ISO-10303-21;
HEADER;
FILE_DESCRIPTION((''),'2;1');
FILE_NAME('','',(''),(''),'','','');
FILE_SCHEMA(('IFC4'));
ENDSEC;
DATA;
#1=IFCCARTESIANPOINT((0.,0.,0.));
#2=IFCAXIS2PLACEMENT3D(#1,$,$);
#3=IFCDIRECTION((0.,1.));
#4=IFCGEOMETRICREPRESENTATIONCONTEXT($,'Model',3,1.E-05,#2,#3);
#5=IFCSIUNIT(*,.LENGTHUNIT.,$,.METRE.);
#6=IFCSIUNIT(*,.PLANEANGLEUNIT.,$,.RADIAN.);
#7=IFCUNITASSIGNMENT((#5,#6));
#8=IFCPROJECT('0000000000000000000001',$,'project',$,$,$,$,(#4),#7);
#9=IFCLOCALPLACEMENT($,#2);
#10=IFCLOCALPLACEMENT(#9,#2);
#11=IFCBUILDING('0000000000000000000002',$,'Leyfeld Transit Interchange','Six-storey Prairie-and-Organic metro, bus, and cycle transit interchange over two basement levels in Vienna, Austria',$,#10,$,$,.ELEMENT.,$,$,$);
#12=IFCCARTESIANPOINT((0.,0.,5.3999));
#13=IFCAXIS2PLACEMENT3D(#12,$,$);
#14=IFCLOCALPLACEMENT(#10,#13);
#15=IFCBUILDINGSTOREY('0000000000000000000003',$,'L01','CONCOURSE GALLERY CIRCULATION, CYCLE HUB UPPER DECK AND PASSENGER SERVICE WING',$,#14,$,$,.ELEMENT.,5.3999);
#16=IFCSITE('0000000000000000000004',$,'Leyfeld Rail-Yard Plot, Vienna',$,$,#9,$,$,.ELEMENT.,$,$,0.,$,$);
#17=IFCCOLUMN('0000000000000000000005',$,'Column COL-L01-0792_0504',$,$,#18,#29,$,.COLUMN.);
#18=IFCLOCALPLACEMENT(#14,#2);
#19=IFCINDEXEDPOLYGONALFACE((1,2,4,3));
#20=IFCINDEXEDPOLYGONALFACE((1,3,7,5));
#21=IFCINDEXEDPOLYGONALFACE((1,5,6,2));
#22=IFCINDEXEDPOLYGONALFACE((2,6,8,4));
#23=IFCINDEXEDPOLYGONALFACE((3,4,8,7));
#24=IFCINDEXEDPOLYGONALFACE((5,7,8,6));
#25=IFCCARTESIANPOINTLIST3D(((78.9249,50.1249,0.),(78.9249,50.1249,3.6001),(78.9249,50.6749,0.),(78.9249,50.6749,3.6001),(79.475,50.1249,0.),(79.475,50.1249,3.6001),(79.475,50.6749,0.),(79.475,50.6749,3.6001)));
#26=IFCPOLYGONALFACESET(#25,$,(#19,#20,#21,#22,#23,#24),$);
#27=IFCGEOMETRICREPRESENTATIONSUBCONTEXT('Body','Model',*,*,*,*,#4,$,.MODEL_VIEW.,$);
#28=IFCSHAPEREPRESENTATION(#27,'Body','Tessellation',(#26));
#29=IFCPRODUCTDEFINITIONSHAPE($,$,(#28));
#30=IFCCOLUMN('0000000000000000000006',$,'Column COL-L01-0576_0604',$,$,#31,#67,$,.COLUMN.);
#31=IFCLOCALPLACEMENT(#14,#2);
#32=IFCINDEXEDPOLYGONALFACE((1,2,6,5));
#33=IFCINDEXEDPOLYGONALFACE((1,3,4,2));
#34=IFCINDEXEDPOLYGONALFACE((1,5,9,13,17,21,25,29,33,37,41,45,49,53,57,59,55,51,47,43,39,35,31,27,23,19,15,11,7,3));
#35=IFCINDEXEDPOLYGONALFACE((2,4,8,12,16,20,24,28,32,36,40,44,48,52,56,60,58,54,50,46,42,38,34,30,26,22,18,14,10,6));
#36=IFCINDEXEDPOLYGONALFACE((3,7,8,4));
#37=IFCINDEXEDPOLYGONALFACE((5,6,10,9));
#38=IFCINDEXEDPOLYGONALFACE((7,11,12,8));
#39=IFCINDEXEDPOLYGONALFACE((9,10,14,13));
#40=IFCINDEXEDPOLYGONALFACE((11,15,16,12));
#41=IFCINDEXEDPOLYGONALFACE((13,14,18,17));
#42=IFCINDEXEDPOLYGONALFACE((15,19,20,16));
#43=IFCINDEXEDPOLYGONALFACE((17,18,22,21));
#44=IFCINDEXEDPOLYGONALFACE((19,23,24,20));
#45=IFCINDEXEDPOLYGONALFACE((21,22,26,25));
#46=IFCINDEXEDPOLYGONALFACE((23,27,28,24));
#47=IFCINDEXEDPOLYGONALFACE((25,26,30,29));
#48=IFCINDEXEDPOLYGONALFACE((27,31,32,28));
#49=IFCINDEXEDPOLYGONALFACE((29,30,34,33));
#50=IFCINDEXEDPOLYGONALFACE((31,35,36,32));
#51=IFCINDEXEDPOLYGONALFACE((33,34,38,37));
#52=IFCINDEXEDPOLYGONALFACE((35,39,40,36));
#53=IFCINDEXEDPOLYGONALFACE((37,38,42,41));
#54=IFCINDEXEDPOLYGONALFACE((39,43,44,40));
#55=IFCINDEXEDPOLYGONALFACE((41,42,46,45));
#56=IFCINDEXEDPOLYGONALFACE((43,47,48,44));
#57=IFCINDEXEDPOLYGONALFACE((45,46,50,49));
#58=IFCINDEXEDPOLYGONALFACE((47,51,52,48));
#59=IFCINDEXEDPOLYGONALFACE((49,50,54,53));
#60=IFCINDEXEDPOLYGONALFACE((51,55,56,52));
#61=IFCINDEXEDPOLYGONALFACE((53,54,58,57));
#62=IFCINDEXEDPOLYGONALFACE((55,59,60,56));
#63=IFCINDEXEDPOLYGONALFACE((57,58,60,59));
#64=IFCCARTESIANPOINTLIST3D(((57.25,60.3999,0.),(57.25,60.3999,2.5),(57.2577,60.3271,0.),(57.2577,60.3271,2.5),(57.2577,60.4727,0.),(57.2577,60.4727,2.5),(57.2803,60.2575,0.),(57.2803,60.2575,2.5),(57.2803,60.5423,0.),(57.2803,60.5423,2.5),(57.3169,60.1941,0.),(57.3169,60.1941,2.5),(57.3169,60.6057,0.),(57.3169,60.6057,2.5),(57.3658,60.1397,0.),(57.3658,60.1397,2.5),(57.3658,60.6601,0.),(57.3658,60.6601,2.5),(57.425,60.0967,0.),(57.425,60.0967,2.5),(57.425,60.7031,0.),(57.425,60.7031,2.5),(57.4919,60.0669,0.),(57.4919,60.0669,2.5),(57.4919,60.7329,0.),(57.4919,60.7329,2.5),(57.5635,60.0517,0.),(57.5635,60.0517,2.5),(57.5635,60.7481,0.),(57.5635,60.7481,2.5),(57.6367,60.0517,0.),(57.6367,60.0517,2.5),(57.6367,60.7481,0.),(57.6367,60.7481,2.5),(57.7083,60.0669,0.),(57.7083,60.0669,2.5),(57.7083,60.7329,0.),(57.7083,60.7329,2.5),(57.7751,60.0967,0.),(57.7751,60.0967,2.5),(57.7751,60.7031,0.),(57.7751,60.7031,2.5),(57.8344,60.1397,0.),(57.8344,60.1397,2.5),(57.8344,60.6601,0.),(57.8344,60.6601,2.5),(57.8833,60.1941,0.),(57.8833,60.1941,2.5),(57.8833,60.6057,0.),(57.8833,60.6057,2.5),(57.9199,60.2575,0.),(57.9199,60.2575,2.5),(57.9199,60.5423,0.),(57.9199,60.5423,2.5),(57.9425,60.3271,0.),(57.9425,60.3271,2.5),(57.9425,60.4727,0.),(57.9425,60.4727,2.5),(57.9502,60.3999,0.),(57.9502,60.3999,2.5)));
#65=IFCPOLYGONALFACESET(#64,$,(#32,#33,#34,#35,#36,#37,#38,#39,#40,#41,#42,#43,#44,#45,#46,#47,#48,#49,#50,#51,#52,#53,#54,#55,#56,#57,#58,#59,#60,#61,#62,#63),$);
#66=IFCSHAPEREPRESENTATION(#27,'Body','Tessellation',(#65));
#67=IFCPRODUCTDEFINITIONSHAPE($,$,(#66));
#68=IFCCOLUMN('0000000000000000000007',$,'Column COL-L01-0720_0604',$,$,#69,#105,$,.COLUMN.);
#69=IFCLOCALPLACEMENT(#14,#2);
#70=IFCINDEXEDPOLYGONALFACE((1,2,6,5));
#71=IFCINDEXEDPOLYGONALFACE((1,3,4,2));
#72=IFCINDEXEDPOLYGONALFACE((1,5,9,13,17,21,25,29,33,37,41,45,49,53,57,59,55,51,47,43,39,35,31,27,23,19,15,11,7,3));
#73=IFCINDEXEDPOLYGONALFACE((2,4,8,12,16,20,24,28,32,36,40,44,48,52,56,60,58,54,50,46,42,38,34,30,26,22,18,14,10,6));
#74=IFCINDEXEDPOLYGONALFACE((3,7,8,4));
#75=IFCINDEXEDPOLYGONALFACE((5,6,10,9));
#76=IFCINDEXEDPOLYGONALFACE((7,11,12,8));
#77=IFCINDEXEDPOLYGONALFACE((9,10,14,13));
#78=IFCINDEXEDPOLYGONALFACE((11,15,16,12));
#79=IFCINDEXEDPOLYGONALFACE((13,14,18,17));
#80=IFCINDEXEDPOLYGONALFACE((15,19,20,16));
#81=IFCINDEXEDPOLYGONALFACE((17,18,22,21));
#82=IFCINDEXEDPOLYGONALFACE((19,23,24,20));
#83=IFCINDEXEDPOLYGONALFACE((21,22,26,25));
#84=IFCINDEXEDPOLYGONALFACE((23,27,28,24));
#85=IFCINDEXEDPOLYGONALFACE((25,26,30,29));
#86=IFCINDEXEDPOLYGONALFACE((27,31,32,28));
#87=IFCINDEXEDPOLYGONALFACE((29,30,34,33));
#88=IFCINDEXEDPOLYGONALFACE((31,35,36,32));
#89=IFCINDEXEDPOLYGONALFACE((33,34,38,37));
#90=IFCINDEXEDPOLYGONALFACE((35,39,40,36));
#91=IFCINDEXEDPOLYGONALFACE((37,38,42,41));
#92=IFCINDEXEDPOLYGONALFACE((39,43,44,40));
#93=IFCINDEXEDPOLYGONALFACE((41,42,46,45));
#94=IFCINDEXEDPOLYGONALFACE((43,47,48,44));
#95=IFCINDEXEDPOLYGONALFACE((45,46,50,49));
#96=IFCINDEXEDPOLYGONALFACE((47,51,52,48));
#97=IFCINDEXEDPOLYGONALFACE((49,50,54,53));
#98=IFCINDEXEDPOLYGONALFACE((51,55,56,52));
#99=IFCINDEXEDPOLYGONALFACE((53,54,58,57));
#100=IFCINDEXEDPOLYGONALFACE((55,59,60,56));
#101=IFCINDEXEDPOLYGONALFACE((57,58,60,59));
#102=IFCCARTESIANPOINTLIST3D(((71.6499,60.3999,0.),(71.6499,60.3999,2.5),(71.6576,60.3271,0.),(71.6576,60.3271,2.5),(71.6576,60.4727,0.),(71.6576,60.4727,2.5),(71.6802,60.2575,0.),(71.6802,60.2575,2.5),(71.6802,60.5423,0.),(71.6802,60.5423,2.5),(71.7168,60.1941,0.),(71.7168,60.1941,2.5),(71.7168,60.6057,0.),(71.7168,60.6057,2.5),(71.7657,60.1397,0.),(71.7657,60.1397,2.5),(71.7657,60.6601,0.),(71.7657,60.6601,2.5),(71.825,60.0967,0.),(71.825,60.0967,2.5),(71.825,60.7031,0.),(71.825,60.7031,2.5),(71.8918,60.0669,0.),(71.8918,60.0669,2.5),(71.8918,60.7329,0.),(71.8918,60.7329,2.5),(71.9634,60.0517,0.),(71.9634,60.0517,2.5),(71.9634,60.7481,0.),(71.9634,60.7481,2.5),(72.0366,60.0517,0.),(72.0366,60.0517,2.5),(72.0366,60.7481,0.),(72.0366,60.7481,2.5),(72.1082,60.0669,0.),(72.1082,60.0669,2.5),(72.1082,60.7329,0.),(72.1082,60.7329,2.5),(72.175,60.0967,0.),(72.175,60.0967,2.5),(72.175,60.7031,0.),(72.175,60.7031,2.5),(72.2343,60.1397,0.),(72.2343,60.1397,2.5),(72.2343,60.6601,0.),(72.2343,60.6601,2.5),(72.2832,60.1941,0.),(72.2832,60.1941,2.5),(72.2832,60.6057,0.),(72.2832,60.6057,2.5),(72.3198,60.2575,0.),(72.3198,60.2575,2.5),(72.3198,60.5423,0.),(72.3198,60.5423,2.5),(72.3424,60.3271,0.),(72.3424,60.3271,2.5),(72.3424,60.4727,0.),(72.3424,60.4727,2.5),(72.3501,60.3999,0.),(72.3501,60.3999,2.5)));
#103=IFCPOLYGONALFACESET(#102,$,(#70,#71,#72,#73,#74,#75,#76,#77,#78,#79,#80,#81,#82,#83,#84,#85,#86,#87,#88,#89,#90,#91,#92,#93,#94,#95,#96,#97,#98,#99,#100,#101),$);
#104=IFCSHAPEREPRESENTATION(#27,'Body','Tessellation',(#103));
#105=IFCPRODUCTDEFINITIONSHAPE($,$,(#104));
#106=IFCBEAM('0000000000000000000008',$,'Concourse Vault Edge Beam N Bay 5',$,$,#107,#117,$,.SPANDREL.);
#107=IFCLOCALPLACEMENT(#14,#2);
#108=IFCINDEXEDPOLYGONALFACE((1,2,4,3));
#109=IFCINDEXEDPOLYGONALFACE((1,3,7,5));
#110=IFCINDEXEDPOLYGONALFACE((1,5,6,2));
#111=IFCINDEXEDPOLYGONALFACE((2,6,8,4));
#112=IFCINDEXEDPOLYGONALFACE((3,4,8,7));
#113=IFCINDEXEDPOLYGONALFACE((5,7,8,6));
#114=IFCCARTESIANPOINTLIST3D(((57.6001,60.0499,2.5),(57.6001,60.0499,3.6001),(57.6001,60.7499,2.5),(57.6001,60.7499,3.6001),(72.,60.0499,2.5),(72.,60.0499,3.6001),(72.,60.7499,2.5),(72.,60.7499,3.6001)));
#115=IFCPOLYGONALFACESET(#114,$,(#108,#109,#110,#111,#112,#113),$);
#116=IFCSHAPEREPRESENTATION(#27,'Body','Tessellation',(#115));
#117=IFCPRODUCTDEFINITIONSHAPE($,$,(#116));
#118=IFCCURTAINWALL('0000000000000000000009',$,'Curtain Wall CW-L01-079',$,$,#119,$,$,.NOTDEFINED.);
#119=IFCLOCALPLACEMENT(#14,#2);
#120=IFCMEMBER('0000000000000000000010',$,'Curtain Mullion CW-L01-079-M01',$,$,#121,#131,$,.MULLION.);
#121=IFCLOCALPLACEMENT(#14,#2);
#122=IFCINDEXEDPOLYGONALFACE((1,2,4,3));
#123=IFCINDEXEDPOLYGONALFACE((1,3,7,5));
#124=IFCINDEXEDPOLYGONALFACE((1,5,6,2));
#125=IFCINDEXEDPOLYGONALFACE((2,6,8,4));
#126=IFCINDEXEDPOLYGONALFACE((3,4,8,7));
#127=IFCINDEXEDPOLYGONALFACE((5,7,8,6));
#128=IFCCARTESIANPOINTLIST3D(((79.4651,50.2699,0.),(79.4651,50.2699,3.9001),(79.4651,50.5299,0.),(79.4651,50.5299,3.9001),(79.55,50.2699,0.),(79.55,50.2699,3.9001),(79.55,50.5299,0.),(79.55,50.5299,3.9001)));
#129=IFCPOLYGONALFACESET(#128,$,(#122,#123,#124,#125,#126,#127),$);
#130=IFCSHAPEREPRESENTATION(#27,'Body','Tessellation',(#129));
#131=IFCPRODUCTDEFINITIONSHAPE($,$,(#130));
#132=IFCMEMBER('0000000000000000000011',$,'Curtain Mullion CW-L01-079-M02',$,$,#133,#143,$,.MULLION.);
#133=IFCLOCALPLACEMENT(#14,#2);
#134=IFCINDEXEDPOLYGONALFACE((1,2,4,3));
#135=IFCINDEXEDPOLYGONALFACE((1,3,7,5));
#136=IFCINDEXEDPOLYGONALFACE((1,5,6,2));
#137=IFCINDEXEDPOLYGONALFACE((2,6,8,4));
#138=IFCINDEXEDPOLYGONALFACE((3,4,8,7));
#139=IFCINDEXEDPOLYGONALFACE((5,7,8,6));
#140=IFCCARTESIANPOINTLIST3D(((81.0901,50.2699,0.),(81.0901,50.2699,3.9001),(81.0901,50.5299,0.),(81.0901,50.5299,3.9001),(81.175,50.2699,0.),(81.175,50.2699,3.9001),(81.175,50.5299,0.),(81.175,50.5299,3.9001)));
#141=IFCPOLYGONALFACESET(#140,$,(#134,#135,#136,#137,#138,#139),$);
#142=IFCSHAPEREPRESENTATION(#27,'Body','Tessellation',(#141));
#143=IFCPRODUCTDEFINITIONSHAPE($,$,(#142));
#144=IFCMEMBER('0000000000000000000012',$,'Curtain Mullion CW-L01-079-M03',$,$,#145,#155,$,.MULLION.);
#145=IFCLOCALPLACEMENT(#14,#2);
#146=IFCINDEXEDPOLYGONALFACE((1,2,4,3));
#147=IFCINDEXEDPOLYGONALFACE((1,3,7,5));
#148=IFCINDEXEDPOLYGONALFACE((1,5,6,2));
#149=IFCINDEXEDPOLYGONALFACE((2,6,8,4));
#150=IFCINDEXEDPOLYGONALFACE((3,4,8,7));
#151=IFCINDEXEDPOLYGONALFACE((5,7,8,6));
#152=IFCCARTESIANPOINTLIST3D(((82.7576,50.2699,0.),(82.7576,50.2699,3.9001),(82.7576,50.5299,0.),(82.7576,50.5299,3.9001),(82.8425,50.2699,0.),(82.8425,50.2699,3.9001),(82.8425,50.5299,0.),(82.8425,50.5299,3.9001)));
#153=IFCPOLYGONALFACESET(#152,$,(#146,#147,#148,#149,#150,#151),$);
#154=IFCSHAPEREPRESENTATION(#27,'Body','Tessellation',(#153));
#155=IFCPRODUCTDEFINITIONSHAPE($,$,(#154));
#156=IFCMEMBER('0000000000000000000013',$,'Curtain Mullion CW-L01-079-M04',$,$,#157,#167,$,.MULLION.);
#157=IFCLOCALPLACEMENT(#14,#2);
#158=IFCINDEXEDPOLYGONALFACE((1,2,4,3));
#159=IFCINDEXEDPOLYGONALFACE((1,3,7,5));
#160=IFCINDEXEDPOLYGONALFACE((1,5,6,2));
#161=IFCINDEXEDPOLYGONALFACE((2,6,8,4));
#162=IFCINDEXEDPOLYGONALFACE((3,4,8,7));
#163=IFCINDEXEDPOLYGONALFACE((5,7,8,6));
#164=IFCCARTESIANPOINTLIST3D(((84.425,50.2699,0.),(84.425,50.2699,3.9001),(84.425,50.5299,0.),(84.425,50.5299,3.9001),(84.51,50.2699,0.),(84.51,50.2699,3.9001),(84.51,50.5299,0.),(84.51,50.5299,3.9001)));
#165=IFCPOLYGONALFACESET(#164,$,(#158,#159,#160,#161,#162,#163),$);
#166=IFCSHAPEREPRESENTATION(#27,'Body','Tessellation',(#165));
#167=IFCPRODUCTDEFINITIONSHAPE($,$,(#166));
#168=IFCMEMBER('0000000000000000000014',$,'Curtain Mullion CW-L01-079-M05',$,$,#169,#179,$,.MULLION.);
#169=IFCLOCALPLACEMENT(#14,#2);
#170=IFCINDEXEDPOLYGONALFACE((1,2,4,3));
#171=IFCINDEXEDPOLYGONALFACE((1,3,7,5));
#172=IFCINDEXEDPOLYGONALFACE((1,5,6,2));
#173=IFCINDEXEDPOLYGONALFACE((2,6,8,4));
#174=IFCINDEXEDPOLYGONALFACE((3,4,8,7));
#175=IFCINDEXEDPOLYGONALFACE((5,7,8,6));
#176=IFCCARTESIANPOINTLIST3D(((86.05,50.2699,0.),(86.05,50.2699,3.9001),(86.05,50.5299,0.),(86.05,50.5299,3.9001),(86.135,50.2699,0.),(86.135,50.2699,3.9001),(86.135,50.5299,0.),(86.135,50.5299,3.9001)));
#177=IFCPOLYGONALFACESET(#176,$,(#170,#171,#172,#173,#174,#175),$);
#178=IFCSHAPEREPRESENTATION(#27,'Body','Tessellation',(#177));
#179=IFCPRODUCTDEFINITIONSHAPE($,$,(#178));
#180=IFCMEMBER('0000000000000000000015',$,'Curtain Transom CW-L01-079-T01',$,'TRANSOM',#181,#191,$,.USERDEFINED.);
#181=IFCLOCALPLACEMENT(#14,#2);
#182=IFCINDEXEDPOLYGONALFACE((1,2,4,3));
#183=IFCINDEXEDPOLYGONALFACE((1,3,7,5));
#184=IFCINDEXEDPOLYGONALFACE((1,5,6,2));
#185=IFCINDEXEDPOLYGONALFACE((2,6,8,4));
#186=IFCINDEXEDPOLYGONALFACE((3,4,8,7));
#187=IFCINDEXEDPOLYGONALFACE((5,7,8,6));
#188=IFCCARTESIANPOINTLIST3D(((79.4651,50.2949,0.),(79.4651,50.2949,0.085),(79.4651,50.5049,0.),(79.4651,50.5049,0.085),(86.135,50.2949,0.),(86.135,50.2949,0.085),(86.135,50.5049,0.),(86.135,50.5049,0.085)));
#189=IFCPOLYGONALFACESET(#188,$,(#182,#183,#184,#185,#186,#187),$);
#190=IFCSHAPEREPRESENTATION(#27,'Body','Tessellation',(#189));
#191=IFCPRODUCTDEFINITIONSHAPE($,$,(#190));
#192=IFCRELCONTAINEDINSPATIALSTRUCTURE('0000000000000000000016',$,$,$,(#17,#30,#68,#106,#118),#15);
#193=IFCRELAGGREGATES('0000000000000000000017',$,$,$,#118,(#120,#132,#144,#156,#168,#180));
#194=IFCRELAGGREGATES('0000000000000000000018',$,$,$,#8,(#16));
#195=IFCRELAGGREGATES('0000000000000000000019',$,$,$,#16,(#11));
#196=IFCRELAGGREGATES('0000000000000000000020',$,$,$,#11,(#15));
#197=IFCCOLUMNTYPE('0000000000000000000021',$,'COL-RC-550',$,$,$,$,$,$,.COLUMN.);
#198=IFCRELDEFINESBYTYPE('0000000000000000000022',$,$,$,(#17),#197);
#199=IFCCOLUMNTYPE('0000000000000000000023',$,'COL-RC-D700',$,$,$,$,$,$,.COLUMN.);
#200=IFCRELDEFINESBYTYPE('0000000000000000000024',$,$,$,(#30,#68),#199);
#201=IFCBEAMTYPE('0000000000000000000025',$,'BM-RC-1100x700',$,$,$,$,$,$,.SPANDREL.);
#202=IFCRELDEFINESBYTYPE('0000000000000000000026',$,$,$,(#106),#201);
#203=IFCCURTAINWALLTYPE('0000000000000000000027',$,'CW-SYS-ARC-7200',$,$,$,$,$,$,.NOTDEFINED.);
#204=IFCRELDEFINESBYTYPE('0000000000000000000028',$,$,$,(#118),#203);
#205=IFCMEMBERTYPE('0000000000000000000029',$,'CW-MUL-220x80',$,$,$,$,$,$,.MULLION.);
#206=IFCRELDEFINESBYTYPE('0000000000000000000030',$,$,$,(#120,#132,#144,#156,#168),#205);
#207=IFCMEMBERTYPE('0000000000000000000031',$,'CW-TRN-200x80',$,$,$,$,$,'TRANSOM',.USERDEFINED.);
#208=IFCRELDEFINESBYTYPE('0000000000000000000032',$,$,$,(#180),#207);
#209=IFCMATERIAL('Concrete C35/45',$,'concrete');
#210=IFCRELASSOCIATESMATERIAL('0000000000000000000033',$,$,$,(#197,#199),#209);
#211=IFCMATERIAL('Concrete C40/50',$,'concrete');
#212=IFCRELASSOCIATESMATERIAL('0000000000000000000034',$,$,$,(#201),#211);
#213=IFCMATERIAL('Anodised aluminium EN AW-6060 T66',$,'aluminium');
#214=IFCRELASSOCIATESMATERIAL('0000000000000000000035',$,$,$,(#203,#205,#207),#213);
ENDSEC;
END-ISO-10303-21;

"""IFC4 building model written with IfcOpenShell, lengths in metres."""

from ifc_helpers import new_model, si_unit, direction, frame, origin, origin_2d, place, context, subcontext, project, spatial, rectangle, circle, extrude, material, material_profile, profile_set, type_object, element, aggregate, save


model = new_model("IFC4")

# Units and contexts
model_context = context("Model", 3, precision=1e-05, world=origin(), true_north=direction((0.0, 1.0)))
body_context = subcontext(model_context, "Body", "Model", "MODEL_VIEW")
ifc_project = project(units=[si_unit("LENGTHUNIT", "METRE"), si_unit("PLANEANGLEUNIT", "RADIAN")], contexts=[model_context])

# Site, building, storey
site_placement = place(None, origin())
site = spatial("IfcSite", under=ifc_project, at=site_placement, Name="Leyfeld Rail-Yard Plot, Vienna", CompositionType="ELEMENT", RefElevation=0.0)
building_placement = place(site_placement, origin())
building = spatial("IfcBuilding", under=site, at=building_placement, Name="Leyfeld Transit Interchange", Description="Six-storey Prairie-and-Organic metro, bus, and cycle transit interchange over two basement levels in Vienna, Austria", CompositionType="ELEMENT")
storey_placement = place(building_placement, frame((0.0, 0.0, 5.3999)))
storey = spatial("IfcBuildingStorey", under=building, at=storey_placement, Name="L01", Description="CONCOURSE GALLERY CIRCULATION, CYCLE HUB UPPER DECK AND PASSENGER SERVICE WING", CompositionType="ELEMENT", Elevation=5.3999)

# Columns
ifc_material_1 = material(Name="Concrete C35/45", Category="concrete")
ifc_material_profile_1 = material_profile(ifc_material_1, rectangle(XDim=0.55, YDim=0.55, at=origin_2d()), Name="RC 550x550")
ifc_profile_set_1 = profile_set([ifc_material_profile_1], Name="Concrete C35/45")
column_type_1 = type_object("IfcColumnType", Name="COL-RC-550", PredefinedType="COLUMN", material=ifc_profile_set_1)
column_placement = place(storey_placement, frame((79.2, 50.3999, 0.0), z_axis=(0.0, 0.0, 1.0), x_axis=(1.0, 0.0, 0.0)))
element("IfcColumn", 1, at=column_placement, inside=storey, type_object=column_type_1, Name="Column COL-L01-0792_0504", PredefinedType="COLUMN", context=body_context, shape_type="SweptSolid", body=[
    extrude(rectangle(XDim=0.55, YDim=0.55, at=origin_2d()), origin(), (0.0, 0.0, 1.0), 3.6001),
])
ifc_material_profile_2 = material_profile(ifc_material_1, circle(Radius=0.3501, at=origin_2d()), Name="RC D700")
ifc_profile_set_2 = profile_set([ifc_material_profile_2], Name="Concrete C35/45")
column_type_2 = type_object("IfcColumnType", Name="COL-RC-D700", PredefinedType="COLUMN", material=ifc_profile_set_2)
for number, where, z_axis, x_axis, name in (
    (2, (57.6001, 60.3999, 0.0), (0.0, 0.0, 1.0), (1.0, 0.0, 0.0), "Column COL-L01-0576_0604"),
    (3, (72.0, 60.3999, 0.0), (0.0, 0.0, 1.0), (1.0, 0.0, 0.0), "Column COL-L01-0720_0604"),
):
    element("IfcColumn", number, at=place(storey_placement, frame(where, z_axis=z_axis, x_axis=x_axis)), inside=storey, type_object=column_type_2, Name=name, PredefinedType="COLUMN", context=body_context, shape_type="SweptSolid", body=[
        extrude(circle(Radius=0.3501, at=origin_2d()), origin(), (0.0, 0.0, 1.0), 2.5),
    ])

# Beam
ifc_material_2 = material(Name="Concrete C40/50", Category="concrete")
ifc_material_profile_3 = material_profile(ifc_material_2, rectangle(XDim=0.7, YDim=1.1001, at=origin_2d()), Name="RC 1100x700")
ifc_profile_set_3 = profile_set([ifc_material_profile_3], Name="Concrete C40/50")
beam_type = type_object("IfcBeamType", Name="BM-RC-1100x700", PredefinedType="SPANDREL", material=ifc_profile_set_3)
beam_placement = place(storey_placement, frame((57.6001, 60.3999, 3.05), z_axis=(1.0, 0.0, 0.0), x_axis=(0.0, 1.0, 0.0)))
element("IfcBeam", 4, at=beam_placement, inside=storey, type_object=beam_type, Name="Concourse Vault Edge Beam N Bay 5", PredefinedType="SPANDREL", context=body_context, shape_type="SweptSolid", body=[
    extrude(rectangle(XDim=0.7, YDim=1.1001, at=origin_2d()), origin(), (0.0, 0.0, 1.0), 14.3999),
])

# Curtain wall, members
ifc_material_3 = material(Name="Anodised aluminium EN AW-6060 T66", Category="aluminium")
curtain_wall_type = type_object("IfcCurtainWallType", Name="CW-SYS-ARC-7200", PredefinedType="NOTDEFINED", material=ifc_material_3)
curtain_wall_1_placement = place(storey_placement, origin())
curtain_wall_1 = element("IfcCurtainWall", 5, at=curtain_wall_1_placement, inside=storey, type_object=curtain_wall_type, Name="Curtain Wall CW-L01-079", PredefinedType="NOTDEFINED")
ifc_material_profile_4 = material_profile(ifc_material_3, rectangle(XDim=0.085, YDim=0.26, at=origin_2d()), Name="CW-M 85x260")
ifc_profile_set_4 = profile_set([ifc_material_profile_4], Name="Anodised aluminium EN AW-6060 T66")
member_type_1 = type_object("IfcMemberType", Name="CW-MUL-220x80", PredefinedType="MULLION", material=ifc_profile_set_4)
member_1_placement = place(storey_placement, frame((79.5076, 50.3999, 0.0), z_axis=(0.0, 0.0, 1.0), x_axis=(1.0, 0.0, 0.0)))
member_1 = element("IfcMember", 6, at=member_1_placement, type_object=member_type_1, Name="Curtain Mullion CW-L01-079-M01", PredefinedType="MULLION", context=body_context, shape_type="SweptSolid", body=[
    extrude(rectangle(XDim=0.085, YDim=0.26, at=origin_2d()), origin(), (0.0, 0.0, 1.0), 3.9001),
])
member_2_placement = place(storey_placement, frame((81.1326, 50.3999, 0.0), z_axis=(0.0, 0.0, 1.0), x_axis=(1.0, 0.0, 0.0)))
member_2 = element("IfcMember", 7, at=member_2_placement, type_object=member_type_1, Name="Curtain Mullion CW-L01-079-M02", PredefinedType="MULLION", context=body_context, shape_type="SweptSolid", body=[
    extrude(rectangle(XDim=0.085, YDim=0.26, at=origin_2d()), origin(), (0.0, 0.0, 1.0), 3.9001),
])
member_3_placement = place(storey_placement, frame((82.8, 50.3999, 0.0), z_axis=(0.0, 0.0, 1.0), x_axis=(1.0, 0.0, 0.0)))
member_3 = element("IfcMember", 8, at=member_3_placement, type_object=member_type_1, Name="Curtain Mullion CW-L01-079-M03", PredefinedType="MULLION", context=body_context, shape_type="SweptSolid", body=[
    extrude(rectangle(XDim=0.085, YDim=0.26, at=origin_2d()), origin(), (0.0, 0.0, 1.0), 3.9001),
])
member_4_placement = place(storey_placement, frame((84.4675, 50.3999, 0.0), z_axis=(0.0, 0.0, 1.0), x_axis=(1.0, 0.0, 0.0)))
member_4 = element("IfcMember", 9, at=member_4_placement, type_object=member_type_1, Name="Curtain Mullion CW-L01-079-M04", PredefinedType="MULLION", context=body_context, shape_type="SweptSolid", body=[
    extrude(rectangle(XDim=0.085, YDim=0.26, at=origin_2d()), origin(), (0.0, 0.0, 1.0), 3.9001),
])
member_5_placement = place(storey_placement, frame((86.0925, 50.3999, 0.0), z_axis=(0.0, 0.0, 1.0), x_axis=(1.0, 0.0, 0.0)))
member_5 = element("IfcMember", 10, at=member_5_placement, type_object=member_type_1, Name="Curtain Mullion CW-L01-079-M05", PredefinedType="MULLION", context=body_context, shape_type="SweptSolid", body=[
    extrude(rectangle(XDim=0.085, YDim=0.26, at=origin_2d()), origin(), (0.0, 0.0, 1.0), 3.9001),
])
ifc_material_profile_5 = material_profile(ifc_material_3, rectangle(XDim=0.21, YDim=0.085, at=origin_2d()), Name="CW-TRN-200x80")
ifc_profile_set_5 = profile_set([ifc_material_profile_5], Name="Anodised aluminium EN AW-6060 T66")
member_type_2 = type_object("IfcMemberType", Name="CW-TRN-200x80", ElementType="TRANSOM", PredefinedType="USERDEFINED", material=ifc_profile_set_5)
member_6_placement = place(storey_placement, frame((79.4651, 50.3999, 0.0425), z_axis=(1.0, 0.0, 0.0), x_axis=(0.0, 1.0, 0.0)))
member_6 = element("IfcMember", 11, at=member_6_placement, type_object=member_type_2, Name="Curtain Transom CW-L01-079-T01", ObjectType="TRANSOM", PredefinedType="USERDEFINED", context=body_context, shape_type="SweptSolid", body=[
    extrude(rectangle(XDim=0.21, YDim=0.085, at=origin_2d()), origin(), (0.0, 0.0, 1.0), 6.6699),
])

aggregate(curtain_wall_1, [member_1, member_2, member_3, member_4, member_5, member_6])

save(model, "model.ifc")
